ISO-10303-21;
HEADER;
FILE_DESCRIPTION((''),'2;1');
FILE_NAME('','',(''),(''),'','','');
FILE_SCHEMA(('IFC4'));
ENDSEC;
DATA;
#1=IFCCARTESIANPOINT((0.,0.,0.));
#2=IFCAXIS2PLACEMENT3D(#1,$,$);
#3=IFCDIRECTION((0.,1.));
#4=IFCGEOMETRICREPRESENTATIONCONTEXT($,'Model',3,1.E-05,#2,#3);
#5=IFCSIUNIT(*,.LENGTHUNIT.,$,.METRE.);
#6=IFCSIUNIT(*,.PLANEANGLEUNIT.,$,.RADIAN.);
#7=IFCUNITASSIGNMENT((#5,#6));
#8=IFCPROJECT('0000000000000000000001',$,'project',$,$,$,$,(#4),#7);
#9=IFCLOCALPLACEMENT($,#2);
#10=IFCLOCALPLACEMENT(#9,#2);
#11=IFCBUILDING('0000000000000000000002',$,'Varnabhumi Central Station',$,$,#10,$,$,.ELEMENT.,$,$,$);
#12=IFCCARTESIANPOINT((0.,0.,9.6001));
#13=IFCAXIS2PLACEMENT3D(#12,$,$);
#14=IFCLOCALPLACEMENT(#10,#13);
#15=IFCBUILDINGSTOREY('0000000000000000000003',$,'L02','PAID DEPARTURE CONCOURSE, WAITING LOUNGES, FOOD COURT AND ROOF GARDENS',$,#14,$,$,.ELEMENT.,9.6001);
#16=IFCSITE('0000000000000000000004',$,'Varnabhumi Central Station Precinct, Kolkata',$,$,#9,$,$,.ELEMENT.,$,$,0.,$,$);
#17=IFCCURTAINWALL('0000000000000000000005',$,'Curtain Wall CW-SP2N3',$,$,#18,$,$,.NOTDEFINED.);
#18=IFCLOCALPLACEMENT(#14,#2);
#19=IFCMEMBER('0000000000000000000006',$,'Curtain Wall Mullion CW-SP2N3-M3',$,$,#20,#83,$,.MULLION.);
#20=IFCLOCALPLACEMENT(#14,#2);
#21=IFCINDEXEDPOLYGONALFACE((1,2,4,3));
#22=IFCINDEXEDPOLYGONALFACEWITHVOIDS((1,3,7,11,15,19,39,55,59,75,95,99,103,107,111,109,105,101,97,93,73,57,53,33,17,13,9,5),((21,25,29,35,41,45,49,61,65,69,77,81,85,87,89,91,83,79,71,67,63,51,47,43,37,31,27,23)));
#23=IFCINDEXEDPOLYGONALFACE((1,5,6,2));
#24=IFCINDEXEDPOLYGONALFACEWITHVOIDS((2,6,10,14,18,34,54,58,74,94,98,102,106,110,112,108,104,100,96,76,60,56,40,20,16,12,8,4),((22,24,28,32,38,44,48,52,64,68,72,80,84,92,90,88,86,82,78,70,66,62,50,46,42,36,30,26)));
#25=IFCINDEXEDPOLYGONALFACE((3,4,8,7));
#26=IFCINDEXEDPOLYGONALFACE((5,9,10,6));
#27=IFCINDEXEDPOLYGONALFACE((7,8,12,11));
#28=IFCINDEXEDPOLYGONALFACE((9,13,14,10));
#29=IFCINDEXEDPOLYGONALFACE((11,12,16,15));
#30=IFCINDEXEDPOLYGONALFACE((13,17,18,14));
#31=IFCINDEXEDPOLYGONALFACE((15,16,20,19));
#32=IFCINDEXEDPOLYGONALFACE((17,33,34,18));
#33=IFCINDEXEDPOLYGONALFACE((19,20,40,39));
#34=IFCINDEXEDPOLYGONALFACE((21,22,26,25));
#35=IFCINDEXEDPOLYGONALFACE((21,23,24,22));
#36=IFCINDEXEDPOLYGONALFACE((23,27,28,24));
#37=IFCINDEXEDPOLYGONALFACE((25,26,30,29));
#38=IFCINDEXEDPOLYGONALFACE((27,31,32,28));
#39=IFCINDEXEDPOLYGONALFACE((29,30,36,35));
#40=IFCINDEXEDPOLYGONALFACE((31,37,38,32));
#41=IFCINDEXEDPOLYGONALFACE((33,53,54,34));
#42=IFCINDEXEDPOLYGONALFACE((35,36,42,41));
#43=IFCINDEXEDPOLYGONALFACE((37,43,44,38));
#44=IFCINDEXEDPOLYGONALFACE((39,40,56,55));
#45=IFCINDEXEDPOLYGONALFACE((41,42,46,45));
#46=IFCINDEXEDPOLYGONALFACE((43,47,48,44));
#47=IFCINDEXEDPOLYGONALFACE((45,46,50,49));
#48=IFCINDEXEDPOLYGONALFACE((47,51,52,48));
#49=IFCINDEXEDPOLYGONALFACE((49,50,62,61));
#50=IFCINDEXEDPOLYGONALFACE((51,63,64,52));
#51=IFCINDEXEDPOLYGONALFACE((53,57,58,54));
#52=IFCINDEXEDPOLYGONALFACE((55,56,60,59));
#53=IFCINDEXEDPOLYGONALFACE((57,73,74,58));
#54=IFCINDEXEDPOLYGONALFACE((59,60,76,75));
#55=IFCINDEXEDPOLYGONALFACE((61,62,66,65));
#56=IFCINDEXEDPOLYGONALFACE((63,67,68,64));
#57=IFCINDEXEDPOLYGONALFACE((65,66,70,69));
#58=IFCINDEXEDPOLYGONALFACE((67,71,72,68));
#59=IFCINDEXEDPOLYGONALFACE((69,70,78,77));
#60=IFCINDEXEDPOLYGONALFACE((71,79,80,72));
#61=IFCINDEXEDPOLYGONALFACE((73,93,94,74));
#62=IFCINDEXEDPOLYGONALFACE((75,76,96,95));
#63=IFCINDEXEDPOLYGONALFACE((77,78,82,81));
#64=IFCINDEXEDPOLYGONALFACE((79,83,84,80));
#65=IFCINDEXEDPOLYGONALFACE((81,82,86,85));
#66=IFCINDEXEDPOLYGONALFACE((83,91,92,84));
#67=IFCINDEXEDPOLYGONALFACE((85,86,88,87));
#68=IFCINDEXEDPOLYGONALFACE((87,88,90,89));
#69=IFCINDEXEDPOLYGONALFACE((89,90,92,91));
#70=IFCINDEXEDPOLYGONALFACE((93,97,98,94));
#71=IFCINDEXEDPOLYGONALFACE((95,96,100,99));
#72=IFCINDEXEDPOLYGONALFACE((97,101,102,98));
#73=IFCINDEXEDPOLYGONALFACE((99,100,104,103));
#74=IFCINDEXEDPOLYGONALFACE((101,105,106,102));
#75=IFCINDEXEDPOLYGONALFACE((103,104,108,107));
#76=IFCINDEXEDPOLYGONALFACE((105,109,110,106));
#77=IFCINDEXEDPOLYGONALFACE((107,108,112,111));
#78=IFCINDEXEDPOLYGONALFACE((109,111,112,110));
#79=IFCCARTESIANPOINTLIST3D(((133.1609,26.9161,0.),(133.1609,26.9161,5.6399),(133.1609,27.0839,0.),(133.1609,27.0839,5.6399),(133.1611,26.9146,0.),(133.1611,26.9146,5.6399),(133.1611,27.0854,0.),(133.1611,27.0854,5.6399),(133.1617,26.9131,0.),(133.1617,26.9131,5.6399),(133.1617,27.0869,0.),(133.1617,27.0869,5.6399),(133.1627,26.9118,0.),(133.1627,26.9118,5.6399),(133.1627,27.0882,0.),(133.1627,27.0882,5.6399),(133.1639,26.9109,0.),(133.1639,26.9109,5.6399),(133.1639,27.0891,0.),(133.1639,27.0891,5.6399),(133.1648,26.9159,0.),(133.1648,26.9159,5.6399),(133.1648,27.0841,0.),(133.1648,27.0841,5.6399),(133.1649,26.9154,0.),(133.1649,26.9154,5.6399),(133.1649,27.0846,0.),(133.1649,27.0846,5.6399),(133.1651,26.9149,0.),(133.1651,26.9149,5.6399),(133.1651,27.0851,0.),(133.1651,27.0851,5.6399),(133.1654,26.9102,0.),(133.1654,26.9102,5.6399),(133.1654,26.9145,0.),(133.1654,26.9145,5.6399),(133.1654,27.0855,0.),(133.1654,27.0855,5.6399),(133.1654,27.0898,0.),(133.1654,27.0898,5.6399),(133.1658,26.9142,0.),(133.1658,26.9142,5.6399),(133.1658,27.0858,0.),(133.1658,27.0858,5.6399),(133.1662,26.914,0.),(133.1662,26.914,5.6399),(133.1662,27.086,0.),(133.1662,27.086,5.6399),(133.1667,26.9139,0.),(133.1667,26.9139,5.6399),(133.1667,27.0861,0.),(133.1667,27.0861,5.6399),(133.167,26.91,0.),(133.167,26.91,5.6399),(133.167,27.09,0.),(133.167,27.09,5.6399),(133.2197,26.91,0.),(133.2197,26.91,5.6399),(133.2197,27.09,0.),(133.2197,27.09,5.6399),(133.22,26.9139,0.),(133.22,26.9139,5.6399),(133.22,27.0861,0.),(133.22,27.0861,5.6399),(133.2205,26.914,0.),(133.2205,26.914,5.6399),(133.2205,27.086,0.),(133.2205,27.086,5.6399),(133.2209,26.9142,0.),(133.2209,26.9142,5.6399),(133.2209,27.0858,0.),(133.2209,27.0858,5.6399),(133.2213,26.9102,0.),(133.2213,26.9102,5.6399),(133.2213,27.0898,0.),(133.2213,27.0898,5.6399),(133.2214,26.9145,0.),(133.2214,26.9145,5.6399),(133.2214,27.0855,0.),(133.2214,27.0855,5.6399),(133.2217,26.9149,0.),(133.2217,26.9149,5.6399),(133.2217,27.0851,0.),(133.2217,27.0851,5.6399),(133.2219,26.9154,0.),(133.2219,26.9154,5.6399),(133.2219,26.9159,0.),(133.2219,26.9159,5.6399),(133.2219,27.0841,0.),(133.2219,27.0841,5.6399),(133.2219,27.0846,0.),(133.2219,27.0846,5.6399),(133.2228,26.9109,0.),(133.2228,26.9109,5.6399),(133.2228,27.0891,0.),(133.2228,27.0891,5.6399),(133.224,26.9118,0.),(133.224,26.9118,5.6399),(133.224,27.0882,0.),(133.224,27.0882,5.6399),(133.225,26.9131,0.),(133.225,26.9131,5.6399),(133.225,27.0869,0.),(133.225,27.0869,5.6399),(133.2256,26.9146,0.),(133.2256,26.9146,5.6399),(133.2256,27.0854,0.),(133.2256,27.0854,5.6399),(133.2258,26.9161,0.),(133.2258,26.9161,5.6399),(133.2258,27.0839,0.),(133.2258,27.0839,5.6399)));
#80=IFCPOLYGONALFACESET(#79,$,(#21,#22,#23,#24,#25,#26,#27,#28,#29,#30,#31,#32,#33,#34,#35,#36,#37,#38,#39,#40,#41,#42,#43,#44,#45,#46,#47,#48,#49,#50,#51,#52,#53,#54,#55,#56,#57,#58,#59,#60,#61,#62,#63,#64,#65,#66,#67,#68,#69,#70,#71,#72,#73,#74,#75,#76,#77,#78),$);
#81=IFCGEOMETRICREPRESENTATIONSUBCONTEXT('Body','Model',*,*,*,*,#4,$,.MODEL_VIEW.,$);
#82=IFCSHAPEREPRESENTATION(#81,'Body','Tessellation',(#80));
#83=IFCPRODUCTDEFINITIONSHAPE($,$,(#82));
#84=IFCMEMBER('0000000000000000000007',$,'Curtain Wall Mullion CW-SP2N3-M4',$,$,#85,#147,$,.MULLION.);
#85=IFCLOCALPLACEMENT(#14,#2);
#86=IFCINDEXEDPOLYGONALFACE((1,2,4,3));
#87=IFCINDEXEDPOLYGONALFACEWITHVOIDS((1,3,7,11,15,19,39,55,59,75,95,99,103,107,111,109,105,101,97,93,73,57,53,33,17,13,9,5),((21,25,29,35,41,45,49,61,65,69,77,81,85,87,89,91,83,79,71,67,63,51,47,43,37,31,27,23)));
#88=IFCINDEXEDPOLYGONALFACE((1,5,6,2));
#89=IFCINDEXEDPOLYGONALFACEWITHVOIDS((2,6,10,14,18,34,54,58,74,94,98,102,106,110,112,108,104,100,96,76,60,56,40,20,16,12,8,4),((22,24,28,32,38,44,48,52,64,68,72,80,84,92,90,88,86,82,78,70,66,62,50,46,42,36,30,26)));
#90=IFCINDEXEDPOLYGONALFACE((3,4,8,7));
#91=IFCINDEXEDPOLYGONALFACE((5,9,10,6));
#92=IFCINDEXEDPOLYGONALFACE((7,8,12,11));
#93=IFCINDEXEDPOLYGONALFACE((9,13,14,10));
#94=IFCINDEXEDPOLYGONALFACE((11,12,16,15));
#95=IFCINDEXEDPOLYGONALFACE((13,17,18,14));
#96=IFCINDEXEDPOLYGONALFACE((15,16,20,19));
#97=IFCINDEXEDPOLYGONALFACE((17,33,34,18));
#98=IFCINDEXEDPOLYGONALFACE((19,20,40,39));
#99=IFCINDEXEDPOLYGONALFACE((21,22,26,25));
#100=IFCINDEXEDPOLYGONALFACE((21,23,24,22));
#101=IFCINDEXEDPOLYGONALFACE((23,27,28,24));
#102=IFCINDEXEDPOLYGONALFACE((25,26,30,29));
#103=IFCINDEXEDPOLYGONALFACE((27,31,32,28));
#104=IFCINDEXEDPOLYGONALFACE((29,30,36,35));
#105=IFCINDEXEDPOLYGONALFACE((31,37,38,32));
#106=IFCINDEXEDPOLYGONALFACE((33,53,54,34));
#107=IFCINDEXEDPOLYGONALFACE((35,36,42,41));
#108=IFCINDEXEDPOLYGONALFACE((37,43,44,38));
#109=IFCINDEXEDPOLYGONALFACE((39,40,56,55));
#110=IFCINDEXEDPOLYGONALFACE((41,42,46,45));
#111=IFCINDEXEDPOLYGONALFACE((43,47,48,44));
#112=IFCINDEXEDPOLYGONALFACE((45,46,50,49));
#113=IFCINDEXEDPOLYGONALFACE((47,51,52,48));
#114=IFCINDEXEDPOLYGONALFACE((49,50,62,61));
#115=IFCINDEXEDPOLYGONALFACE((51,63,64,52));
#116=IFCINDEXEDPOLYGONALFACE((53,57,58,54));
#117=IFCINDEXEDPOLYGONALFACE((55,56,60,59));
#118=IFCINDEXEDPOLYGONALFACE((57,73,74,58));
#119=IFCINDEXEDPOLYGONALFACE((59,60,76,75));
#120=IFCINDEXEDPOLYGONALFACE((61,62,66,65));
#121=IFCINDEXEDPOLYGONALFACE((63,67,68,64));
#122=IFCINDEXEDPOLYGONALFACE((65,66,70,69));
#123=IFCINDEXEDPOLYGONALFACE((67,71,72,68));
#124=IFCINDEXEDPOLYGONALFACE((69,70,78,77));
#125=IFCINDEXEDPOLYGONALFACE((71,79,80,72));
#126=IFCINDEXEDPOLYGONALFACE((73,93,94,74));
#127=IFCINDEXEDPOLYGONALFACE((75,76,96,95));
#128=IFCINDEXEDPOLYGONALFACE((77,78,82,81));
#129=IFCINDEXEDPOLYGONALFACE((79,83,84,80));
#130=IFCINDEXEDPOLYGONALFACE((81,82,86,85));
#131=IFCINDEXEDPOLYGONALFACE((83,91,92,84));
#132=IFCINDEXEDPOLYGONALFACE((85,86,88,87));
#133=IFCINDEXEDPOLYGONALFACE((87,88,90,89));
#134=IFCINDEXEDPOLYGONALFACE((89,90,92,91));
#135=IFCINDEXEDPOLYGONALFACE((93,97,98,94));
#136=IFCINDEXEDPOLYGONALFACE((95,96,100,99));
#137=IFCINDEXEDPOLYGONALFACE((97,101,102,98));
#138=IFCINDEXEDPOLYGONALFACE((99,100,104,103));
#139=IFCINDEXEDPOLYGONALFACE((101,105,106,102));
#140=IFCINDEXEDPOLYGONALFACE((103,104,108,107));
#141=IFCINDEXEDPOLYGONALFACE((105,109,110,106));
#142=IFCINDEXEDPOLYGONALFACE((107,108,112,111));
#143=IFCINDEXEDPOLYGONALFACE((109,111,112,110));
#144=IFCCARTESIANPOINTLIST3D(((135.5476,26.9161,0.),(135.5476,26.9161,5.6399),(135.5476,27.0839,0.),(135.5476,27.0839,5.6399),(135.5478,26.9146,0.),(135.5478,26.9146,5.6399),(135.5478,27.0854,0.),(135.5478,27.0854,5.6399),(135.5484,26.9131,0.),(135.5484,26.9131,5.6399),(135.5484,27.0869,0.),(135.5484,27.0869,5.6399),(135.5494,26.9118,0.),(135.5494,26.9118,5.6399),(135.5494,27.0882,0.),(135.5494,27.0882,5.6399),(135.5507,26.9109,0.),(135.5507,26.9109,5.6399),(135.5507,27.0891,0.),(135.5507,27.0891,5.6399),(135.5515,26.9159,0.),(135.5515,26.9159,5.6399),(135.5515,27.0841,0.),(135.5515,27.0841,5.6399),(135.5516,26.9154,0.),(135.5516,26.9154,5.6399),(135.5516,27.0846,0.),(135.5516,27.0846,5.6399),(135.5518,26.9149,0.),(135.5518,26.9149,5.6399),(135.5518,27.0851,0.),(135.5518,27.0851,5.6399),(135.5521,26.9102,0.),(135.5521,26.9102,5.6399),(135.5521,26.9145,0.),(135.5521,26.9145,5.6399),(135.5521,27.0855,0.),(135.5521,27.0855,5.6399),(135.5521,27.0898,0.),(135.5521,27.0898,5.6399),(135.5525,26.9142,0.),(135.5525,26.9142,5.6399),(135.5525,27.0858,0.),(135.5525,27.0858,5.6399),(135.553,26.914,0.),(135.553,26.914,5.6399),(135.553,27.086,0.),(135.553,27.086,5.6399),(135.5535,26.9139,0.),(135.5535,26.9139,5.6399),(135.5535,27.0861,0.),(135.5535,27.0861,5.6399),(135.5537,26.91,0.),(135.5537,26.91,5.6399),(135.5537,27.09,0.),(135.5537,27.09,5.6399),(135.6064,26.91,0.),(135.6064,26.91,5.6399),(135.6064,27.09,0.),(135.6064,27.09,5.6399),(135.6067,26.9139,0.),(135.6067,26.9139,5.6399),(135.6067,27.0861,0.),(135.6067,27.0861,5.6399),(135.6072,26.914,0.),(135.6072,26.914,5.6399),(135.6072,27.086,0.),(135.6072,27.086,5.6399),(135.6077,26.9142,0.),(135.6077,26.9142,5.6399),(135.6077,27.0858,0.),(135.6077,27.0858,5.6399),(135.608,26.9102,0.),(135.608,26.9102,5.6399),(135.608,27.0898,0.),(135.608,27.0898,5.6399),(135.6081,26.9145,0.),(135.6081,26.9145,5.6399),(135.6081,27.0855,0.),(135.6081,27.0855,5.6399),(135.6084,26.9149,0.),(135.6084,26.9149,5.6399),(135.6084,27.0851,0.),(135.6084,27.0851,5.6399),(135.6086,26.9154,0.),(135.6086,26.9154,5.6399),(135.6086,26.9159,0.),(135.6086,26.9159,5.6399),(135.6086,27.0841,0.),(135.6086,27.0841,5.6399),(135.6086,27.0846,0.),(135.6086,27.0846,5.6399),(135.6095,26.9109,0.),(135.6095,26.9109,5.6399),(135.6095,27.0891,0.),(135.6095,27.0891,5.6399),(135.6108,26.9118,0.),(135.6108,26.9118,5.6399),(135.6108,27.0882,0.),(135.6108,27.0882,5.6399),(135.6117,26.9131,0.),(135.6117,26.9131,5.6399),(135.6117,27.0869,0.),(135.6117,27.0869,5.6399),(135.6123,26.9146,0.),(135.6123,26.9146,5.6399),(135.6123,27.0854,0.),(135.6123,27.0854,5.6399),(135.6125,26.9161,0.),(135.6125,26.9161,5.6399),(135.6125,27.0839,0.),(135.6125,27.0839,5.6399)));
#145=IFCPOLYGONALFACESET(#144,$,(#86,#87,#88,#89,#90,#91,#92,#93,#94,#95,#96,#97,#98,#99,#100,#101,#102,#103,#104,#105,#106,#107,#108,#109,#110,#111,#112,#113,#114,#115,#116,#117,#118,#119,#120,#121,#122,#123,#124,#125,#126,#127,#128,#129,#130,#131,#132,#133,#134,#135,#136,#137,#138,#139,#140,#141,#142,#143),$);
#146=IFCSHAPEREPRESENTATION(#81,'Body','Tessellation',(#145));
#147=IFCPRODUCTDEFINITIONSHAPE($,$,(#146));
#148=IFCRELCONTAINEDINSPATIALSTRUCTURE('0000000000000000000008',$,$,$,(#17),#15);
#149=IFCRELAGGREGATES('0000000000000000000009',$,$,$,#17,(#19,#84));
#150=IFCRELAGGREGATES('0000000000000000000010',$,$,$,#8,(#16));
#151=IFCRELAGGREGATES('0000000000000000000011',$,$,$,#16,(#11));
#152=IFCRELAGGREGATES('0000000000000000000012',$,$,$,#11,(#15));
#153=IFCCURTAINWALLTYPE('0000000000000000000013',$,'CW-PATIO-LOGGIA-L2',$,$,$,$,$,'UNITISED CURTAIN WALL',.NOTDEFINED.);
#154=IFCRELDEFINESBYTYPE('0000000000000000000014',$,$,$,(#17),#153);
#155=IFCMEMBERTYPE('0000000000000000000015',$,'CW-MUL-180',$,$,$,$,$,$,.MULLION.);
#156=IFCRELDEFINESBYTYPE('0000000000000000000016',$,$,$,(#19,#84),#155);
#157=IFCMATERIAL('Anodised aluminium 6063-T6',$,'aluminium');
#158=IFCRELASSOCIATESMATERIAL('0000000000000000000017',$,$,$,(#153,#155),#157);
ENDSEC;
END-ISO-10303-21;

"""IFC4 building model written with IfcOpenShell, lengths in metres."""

from ifc_helpers import new_model, si_unit, direction, frame, origin, origin_2d, place, context, subcontext, project, spatial, hollow_rectangle, extrude, material, material_profile, profile_set, type_object, element, aggregate, save


model = new_model("IFC4")

# Units and contexts
model_context = context("Model", 3, precision=1e-05, world=origin(), true_north=direction((0.0, 1.0)))
body_context = subcontext(model_context, "Body", "Model", "MODEL_VIEW")
ifc_project = project(units=[si_unit("LENGTHUNIT", "METRE"), si_unit("PLANEANGLEUNIT", "RADIAN")], contexts=[model_context])

# Site, building, storey
site_placement = place(None, origin())
site = spatial("IfcSite", under=ifc_project, at=site_placement, Name="Varnabhumi Central Station Precinct, Kolkata", CompositionType="ELEMENT", RefElevation=0.0)
building_placement = place(site_placement, origin())
building = spatial("IfcBuilding", under=site, at=building_placement, Name="Varnabhumi Central Station", CompositionType="ELEMENT")
storey_placement = place(building_placement, frame((0.0, 0.0, 9.6001)))
storey = spatial("IfcBuildingStorey", under=building, at=storey_placement, Name="L02", Description="PAID DEPARTURE CONCOURSE, WAITING LOUNGES, FOOD COURT AND ROOF GARDENS", CompositionType="ELEMENT", Elevation=9.6001)

# Curtain wall, members
ifc_material_1 = material(Name="Anodised aluminium 6063-T6", Category="aluminium")
curtain_wall_type = type_object("IfcCurtainWallType", Name="CW-PATIO-LOGGIA-L2", ElementType="UNITISED CURTAIN WALL", PredefinedType="NOTDEFINED", material=ifc_material_1)
curtain_wall_1_placement = place(storey_placement, origin())
curtain_wall_1 = element("IfcCurtainWall", 1, at=curtain_wall_1_placement, inside=storey, type_object=curtain_wall_type, Name="Curtain Wall CW-SP2N3", PredefinedType="NOTDEFINED")
ifc_material_profile_1 = material_profile(ifc_material_1, hollow_rectangle(XDim=0.0649, YDim=0.1799, WallThickness=0.0039, InnerFilletRadius=0.002, OuterFilletRadius=0.0061, at=origin_2d()), Name="Anodised aluminium 6063-T6", Category="aluminium")
ifc_profile_set_1 = profile_set([ifc_material_profile_1], Name="Anodised aluminium 6063-T6")
member_type_1 = type_object("IfcMemberType", Name="CW-MUL-180", PredefinedType="MULLION", material=ifc_profile_set_1)
member_1_placement = place(storey_placement, frame((133.1934, 27.0, 0.0), z_axis=(0.0, 0.0, 1.0), x_axis=(1.0, 0.0, 0.0)))
member_1 = element("IfcMember", 2, at=member_1_placement, type_object=member_type_1, Name="Curtain Wall Mullion CW-SP2N3-M3", PredefinedType="MULLION", context=body_context, shape_type="SweptSolid", body=[
    extrude(hollow_rectangle(XDim=0.0649, YDim=0.1799, WallThickness=0.0039, InnerFilletRadius=0.002, OuterFilletRadius=0.0061, at=origin_2d()), origin(), (0.0, 0.0, 1.0), 5.6399),
])
member_2_placement = place(storey_placement, frame((135.5801, 27.0, 0.0), z_axis=(0.0, 0.0, 1.0), x_axis=(1.0, 0.0, 0.0)))
member_2 = element("IfcMember", 3, at=member_2_placement, type_object=member_type_1, Name="Curtain Wall Mullion CW-SP2N3-M4", PredefinedType="MULLION", context=body_context, shape_type="SweptSolid", body=[
    extrude(hollow_rectangle(XDim=0.0649, YDim=0.1799, WallThickness=0.0039, InnerFilletRadius=0.002, OuterFilletRadius=0.0061, at=origin_2d()), origin(), (0.0, 0.0, 1.0), 5.6399),
])

aggregate(curtain_wall_1, [member_1, member_2])

save(model, "model.ifc")
